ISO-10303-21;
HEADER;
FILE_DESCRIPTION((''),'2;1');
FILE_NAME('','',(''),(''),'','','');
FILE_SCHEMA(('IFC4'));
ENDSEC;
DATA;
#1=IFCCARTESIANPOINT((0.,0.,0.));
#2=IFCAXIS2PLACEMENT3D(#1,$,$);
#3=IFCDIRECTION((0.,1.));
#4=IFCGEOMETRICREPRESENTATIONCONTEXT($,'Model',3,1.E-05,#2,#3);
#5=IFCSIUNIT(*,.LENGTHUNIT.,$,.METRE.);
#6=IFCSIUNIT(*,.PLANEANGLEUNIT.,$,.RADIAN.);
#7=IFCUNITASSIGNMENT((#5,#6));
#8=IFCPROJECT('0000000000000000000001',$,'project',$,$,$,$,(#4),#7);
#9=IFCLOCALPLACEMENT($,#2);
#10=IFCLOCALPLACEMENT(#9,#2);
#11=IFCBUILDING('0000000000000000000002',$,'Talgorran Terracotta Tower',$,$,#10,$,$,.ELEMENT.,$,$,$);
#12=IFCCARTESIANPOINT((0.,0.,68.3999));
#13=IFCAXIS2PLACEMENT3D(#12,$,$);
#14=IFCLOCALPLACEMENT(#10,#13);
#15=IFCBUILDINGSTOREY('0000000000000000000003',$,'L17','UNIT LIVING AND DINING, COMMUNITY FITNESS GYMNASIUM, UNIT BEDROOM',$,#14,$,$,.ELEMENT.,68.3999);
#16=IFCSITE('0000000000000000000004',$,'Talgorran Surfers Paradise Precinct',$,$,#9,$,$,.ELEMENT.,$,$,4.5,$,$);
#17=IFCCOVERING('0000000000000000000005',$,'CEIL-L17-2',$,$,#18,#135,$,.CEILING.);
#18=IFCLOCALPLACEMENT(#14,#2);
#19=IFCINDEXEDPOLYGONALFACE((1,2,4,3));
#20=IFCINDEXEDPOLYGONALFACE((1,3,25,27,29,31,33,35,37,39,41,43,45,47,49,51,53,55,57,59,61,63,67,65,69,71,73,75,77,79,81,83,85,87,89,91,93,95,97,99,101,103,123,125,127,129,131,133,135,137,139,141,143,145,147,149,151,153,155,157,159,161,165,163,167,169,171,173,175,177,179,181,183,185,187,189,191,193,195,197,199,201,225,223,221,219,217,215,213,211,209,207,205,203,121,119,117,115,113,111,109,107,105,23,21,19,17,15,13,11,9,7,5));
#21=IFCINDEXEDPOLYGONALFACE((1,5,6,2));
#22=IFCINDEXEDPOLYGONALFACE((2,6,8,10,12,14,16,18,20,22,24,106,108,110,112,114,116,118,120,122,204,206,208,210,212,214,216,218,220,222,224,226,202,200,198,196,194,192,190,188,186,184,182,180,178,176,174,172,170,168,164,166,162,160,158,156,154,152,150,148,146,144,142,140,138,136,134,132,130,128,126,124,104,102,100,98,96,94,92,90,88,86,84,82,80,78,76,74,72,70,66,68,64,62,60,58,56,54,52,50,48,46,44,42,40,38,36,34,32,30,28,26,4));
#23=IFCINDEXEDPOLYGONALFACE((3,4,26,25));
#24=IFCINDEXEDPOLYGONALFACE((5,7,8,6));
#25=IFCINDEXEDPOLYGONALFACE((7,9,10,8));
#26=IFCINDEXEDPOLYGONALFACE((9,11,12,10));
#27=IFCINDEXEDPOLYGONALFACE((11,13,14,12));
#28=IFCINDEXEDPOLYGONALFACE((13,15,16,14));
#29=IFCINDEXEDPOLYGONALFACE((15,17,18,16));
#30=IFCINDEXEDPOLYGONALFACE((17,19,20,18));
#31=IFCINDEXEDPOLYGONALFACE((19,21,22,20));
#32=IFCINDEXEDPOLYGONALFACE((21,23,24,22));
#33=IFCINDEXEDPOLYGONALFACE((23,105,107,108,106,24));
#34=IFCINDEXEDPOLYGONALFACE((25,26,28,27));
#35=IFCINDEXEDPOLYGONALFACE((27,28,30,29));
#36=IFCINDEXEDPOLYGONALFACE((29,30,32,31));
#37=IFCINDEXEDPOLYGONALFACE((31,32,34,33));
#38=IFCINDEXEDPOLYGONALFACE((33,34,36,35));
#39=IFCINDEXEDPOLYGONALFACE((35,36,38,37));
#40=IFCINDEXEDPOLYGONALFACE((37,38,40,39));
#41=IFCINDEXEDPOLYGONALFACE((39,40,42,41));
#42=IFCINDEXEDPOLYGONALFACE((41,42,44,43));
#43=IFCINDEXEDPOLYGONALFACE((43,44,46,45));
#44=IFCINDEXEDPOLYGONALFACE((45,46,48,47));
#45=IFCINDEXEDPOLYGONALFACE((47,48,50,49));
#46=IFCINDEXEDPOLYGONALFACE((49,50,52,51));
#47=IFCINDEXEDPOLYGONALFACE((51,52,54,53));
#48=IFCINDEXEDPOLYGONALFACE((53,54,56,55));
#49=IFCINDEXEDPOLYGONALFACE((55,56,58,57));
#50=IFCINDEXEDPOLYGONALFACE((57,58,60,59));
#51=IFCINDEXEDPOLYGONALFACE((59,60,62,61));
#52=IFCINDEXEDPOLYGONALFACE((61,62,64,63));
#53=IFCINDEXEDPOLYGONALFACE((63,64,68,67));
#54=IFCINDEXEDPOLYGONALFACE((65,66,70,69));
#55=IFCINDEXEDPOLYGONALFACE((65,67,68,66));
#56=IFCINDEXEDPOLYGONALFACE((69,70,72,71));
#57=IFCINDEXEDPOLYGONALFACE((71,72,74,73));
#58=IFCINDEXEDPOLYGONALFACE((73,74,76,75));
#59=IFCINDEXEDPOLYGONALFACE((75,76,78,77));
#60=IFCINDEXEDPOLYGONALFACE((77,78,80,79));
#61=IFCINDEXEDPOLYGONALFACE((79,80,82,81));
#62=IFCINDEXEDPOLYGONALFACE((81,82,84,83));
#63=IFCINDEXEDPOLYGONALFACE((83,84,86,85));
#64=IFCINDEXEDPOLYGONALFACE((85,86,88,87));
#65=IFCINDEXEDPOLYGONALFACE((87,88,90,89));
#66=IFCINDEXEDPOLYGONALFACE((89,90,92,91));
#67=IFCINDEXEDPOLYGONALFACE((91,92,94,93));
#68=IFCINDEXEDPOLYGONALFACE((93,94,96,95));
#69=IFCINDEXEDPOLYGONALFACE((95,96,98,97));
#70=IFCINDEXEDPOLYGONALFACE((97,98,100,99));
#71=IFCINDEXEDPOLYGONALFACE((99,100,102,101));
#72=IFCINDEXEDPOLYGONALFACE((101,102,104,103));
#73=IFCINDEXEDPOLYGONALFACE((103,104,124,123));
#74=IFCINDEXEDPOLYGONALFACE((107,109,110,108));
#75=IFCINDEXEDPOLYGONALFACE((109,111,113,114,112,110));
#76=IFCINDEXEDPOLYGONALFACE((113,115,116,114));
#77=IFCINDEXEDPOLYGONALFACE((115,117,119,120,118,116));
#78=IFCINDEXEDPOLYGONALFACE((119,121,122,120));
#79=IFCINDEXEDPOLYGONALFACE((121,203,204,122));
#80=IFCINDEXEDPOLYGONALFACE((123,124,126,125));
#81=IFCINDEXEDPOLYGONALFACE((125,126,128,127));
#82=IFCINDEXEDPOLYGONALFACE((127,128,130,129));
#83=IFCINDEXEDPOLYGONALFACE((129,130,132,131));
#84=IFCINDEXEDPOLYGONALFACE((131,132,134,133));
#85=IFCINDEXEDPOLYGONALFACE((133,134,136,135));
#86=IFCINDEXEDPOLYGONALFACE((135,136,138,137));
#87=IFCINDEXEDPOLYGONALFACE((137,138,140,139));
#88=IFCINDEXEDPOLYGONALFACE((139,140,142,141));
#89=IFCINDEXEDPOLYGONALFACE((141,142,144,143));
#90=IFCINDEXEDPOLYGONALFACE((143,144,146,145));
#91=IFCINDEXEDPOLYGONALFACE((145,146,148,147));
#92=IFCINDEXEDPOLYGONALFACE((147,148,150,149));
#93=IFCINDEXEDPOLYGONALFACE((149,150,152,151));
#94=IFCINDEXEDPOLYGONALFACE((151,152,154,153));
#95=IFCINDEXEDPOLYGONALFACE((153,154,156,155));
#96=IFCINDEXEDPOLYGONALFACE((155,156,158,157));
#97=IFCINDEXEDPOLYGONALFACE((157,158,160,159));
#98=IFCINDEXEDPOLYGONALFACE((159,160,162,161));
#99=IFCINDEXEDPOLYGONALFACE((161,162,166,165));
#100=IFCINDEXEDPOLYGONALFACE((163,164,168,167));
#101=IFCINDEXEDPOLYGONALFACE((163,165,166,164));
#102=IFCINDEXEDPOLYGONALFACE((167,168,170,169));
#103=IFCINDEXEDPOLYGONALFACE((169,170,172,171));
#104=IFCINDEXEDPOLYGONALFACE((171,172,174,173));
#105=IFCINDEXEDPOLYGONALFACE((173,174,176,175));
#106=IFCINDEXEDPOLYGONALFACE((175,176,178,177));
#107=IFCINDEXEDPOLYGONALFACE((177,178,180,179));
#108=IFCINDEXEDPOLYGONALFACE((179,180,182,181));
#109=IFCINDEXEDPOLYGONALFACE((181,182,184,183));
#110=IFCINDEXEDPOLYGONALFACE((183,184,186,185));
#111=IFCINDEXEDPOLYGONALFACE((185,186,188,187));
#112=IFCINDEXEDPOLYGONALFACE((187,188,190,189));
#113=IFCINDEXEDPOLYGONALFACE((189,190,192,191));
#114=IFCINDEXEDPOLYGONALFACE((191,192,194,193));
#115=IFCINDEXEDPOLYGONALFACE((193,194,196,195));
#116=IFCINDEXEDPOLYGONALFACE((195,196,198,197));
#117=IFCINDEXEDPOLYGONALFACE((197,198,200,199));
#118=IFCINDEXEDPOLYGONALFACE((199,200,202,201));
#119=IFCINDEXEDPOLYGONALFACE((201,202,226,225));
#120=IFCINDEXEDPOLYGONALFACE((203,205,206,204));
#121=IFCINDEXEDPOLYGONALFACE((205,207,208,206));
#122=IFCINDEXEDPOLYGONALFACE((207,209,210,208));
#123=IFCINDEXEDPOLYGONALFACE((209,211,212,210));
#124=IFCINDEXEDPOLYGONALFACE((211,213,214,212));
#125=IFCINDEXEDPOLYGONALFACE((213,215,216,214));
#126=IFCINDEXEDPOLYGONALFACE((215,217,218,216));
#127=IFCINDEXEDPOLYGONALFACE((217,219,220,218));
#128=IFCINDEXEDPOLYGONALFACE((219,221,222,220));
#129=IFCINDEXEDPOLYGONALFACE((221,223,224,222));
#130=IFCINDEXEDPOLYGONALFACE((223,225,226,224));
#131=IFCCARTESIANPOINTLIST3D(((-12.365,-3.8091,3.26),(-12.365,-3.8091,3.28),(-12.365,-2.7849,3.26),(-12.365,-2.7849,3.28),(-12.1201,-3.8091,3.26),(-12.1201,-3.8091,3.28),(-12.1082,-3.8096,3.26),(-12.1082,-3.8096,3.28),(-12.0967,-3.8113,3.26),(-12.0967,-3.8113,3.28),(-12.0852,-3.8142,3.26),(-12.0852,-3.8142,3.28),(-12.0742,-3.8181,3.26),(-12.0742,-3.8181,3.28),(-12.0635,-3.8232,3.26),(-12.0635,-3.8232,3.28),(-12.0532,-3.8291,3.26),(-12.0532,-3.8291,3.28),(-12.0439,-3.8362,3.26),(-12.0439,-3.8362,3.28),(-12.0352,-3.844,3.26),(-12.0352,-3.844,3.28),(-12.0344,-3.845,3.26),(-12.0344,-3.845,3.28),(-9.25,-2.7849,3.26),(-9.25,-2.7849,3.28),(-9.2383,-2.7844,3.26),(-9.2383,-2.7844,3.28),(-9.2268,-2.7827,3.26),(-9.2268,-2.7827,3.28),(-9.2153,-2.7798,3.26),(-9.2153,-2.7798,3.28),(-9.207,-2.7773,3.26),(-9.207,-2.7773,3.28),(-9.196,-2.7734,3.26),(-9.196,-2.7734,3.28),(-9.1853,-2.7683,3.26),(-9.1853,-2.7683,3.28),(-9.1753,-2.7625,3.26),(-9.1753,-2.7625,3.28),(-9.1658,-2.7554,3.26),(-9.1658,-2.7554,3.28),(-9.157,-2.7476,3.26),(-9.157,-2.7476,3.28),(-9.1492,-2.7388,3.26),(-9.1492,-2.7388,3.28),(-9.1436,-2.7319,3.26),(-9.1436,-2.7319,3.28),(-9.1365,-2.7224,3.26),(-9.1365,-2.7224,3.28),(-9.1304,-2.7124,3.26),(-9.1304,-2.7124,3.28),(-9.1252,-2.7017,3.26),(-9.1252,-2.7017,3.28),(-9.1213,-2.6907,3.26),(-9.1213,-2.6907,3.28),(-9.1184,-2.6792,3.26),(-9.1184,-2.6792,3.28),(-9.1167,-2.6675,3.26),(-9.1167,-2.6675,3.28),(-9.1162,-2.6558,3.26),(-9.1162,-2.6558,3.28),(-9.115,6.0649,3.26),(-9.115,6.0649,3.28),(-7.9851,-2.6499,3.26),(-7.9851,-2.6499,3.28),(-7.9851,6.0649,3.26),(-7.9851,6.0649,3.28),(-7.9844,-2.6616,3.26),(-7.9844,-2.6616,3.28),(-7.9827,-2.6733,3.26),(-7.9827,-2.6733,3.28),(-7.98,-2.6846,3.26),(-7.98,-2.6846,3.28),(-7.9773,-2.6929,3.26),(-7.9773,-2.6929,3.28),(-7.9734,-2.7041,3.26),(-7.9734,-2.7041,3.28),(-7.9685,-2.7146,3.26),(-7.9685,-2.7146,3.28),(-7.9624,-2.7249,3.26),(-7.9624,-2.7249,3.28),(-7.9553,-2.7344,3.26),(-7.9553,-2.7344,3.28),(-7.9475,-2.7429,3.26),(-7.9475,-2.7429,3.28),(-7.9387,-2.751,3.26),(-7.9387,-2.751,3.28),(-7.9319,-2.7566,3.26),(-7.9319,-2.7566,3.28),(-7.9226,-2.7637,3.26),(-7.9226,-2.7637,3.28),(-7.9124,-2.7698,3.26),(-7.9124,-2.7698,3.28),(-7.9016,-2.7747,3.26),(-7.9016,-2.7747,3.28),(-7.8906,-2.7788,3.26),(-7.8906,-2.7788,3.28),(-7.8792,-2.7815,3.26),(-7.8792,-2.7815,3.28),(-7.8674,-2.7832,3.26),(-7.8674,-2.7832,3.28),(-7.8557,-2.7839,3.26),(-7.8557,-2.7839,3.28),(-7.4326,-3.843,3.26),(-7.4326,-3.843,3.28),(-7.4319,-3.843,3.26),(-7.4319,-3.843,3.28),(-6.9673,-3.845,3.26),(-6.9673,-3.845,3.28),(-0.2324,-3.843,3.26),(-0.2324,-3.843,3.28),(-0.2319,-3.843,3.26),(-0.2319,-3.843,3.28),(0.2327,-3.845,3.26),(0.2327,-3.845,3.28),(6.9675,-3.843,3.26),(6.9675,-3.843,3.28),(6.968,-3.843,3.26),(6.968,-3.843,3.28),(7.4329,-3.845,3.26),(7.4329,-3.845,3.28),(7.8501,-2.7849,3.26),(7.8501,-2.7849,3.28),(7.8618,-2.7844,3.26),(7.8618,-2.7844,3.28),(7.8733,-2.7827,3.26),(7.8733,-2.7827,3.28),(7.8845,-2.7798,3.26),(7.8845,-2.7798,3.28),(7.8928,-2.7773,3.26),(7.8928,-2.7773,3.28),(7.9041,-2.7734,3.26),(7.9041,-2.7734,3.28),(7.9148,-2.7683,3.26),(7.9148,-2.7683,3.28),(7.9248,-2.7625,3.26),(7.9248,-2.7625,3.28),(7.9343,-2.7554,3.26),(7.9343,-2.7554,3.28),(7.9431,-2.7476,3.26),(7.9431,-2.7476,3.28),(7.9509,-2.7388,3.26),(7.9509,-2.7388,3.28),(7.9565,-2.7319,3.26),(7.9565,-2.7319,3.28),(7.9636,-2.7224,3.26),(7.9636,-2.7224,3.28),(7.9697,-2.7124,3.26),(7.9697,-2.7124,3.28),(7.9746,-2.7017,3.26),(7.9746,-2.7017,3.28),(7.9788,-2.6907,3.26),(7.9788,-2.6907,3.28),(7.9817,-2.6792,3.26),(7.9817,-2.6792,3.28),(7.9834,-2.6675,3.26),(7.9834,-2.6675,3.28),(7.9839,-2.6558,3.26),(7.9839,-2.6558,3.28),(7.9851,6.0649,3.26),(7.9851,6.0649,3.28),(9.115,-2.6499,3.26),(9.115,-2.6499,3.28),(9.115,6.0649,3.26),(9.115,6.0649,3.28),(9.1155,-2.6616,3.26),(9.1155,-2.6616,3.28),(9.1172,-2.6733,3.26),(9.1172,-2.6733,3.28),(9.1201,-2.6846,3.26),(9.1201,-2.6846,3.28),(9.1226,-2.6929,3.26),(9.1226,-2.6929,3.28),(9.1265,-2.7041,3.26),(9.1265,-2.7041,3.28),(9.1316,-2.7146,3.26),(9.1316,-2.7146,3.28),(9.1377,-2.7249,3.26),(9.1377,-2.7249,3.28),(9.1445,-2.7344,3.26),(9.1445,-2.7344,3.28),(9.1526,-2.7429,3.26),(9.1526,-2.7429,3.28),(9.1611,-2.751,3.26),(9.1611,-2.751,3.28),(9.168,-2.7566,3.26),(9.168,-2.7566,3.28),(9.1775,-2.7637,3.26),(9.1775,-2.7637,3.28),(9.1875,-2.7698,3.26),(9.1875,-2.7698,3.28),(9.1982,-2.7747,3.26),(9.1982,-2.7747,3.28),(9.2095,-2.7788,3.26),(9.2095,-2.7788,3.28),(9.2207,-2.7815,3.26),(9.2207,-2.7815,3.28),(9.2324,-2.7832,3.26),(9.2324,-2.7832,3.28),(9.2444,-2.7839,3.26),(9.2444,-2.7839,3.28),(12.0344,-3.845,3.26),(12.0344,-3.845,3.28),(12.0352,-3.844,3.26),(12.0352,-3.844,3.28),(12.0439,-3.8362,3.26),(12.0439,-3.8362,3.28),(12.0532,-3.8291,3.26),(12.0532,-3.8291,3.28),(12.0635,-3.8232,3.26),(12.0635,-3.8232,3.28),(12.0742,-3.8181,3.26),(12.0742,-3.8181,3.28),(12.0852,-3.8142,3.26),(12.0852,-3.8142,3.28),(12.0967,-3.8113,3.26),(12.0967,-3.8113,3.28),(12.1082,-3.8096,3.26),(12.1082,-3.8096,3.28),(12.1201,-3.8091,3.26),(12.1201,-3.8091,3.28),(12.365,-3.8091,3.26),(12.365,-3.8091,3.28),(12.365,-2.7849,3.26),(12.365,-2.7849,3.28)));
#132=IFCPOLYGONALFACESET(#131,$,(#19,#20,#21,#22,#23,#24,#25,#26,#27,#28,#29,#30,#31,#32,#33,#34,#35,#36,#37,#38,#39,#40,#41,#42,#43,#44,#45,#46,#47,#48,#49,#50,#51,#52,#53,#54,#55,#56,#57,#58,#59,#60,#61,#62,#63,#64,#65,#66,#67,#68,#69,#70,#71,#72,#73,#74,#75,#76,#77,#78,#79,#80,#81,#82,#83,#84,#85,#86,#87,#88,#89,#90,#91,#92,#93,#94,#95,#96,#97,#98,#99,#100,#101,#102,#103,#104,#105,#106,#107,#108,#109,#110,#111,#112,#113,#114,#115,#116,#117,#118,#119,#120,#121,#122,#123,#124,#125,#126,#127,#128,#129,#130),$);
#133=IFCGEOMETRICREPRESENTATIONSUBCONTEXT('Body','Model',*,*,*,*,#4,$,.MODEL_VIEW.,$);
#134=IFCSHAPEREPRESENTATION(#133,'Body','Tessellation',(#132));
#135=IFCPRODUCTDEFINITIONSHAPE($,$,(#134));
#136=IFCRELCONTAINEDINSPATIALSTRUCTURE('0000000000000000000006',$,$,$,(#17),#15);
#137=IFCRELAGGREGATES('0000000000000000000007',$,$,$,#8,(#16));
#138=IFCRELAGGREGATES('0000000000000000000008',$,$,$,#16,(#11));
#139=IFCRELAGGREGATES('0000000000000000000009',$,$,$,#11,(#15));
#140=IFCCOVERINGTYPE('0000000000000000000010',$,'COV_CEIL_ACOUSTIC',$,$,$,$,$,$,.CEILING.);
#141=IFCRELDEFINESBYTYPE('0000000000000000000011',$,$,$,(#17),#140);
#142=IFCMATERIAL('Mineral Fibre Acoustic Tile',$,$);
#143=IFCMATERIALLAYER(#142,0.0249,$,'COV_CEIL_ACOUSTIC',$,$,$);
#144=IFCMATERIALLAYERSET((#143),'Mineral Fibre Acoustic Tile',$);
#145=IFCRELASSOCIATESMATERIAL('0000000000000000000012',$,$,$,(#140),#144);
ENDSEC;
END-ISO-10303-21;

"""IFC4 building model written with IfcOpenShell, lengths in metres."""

from ifc_helpers import new_model, si_unit, direction, frame, origin, place, context, subcontext, project, spatial, polyline, outline, extrude, material, layer, layer_set, type_object, element, save


model = new_model("IFC4")

# Units and contexts
model_context = context("Model", 3, precision=1e-05, world=origin(), true_north=direction((0.0, 1.0)))
body_context = subcontext(model_context, "Body", "Model", "MODEL_VIEW")
ifc_project = project(units=[si_unit("LENGTHUNIT", "METRE"), si_unit("PLANEANGLEUNIT", "RADIAN")], contexts=[model_context])

# Site, building, storey
site_placement = place(None, origin())
site = spatial("IfcSite", under=ifc_project, at=site_placement, Name="Talgorran Surfers Paradise Precinct", CompositionType="ELEMENT", RefElevation=4.5)
building_placement = place(site_placement, origin())
building = spatial("IfcBuilding", under=site, at=building_placement, Name="Talgorran Terracotta Tower", CompositionType="ELEMENT")
storey_placement = place(building_placement, frame((0.0, 0.0, 68.3999)))
storey = spatial("IfcBuildingStorey", under=building, at=storey_placement, Name="L17", Description="UNIT LIVING AND DINING, COMMUNITY FITNESS GYMNASIUM, UNIT BEDROOM", CompositionType="ELEMENT", Elevation=68.3999)

# Covering
ifc_material_1 = material(Name="Mineral Fibre Acoustic Tile")
ifc_layer_1 = layer(ifc_material_1, 0.0249, Name="COV_CEIL_ACOUSTIC")
ifc_layer_set_1 = layer_set([ifc_layer_1], Name="Mineral Fibre Acoustic Tile")
covering_type_1 = type_object("IfcCoveringType", Name="COV_CEIL_ACOUSTIC", PredefinedType="CEILING", material=ifc_layer_set_1)
covering_1_placement = place(storey_placement, frame((0.0, 0.0, 3.26)))
element("IfcCovering", 1, at=covering_1_placement, inside=storey, type_object=covering_type_1, Name="CEIL-L17-2", PredefinedType="CEILING", context=body_context, shape_type="SweptSolid", body=[
    extrude(outline(polyline([(-12.365, -2.7849), (-9.25, -2.7849), (-9.2383, -2.7844), (-9.2268, -2.7827), (-9.2153, -2.7798), (-9.207, -2.7773), (-9.196, -2.7734), (-9.1853, -2.7683), (-9.1753, -2.7625), (-9.1658, -2.7554), (-9.157, -2.7476), (-9.1492, -2.7388), (-9.1436, -2.7319), (-9.1365, -2.7224), (-9.1304, -2.7124), (-9.1252, -2.7017), (-9.1213, -2.6907), (-9.1184, -2.6792), (-9.1167, -2.6675), (-9.1162, -2.6558), (-9.115, 6.0649), (-7.9851, 6.0649), (-7.9851, -2.6499), (-7.9844, -2.6616), (-7.9827, -2.6733), (-7.98, -2.6846), (-7.9773, -2.6929), (-7.9734, -2.7041), (-7.9685, -2.7146), (-7.9624, -2.7249), (-7.9553, -2.7344), (-7.9475, -2.7429), (-7.9387, -2.751), (-7.9319, -2.7566), (-7.9226, -2.7637), (-7.9124, -2.7698), (-7.9016, -2.7747), (-7.8906, -2.7788), (-7.8792, -2.7815), (-7.8674, -2.7832), (-7.8557, -2.7839), (7.8501, -2.7849), (7.8618, -2.7844), (7.8733, -2.7827), (7.8845, -2.7798), (7.8928, -2.7773), (7.9041, -2.7734), (7.9148, -2.7683), (7.9248, -2.7625), (7.9343, -2.7554), (7.9431, -2.7476), (7.9509, -2.7388), (7.9565, -2.7319), (7.9636, -2.7224), (7.9697, -2.7124), (7.9746, -2.7017), (7.9788, -2.6907), (7.9817, -2.6792), (7.9834, -2.6675), (7.9839, -2.6558), (7.9851, 6.0649), (9.115, 6.0649), (9.115, -2.6499), (9.1155, -2.6616), (9.1172, -2.6733), (9.1201, -2.6846), (9.1226, -2.6929), (9.1265, -2.7041), (9.1316, -2.7146), (9.1377, -2.7249), (9.1445, -2.7344), (9.1526, -2.7429), (9.1611, -2.751), (9.168, -2.7566), (9.1775, -2.7637), (9.1875, -2.7698), (9.1982, -2.7747), (9.2095, -2.7788), (9.2207, -2.7815), (9.2324, -2.7832), (9.2444, -2.7839), (12.365, -2.7849), (12.365, -3.8091), (12.1201, -3.8091), (12.1082, -3.8096), (12.0967, -3.8113), (12.0852, -3.8142), (12.0742, -3.8181), (12.0635, -3.8232), (12.0532, -3.8291), (12.0439, -3.8362), (12.0352, -3.844), (12.0344, -3.845), (7.4329, -3.845), (6.968, -3.843), (6.9675, -3.843), (0.2327, -3.845), (-0.2319, -3.843), (-0.2324, -3.843), (-6.9673, -3.845), (-7.4319, -3.843), (-7.4326, -3.843), (-12.0344, -3.845), (-12.0352, -3.844), (-12.0439, -3.8362), (-12.0532, -3.8291), (-12.0635, -3.8232), (-12.0742, -3.8181), (-12.0852, -3.8142), (-12.0967, -3.8113), (-12.1082, -3.8096), (-12.1201, -3.8091), (-12.365, -3.8091), (-12.365, -2.7849)])), origin(), (0.0, 0.0, 1.0), 0.02),
])

save(model, "model.ifc")
